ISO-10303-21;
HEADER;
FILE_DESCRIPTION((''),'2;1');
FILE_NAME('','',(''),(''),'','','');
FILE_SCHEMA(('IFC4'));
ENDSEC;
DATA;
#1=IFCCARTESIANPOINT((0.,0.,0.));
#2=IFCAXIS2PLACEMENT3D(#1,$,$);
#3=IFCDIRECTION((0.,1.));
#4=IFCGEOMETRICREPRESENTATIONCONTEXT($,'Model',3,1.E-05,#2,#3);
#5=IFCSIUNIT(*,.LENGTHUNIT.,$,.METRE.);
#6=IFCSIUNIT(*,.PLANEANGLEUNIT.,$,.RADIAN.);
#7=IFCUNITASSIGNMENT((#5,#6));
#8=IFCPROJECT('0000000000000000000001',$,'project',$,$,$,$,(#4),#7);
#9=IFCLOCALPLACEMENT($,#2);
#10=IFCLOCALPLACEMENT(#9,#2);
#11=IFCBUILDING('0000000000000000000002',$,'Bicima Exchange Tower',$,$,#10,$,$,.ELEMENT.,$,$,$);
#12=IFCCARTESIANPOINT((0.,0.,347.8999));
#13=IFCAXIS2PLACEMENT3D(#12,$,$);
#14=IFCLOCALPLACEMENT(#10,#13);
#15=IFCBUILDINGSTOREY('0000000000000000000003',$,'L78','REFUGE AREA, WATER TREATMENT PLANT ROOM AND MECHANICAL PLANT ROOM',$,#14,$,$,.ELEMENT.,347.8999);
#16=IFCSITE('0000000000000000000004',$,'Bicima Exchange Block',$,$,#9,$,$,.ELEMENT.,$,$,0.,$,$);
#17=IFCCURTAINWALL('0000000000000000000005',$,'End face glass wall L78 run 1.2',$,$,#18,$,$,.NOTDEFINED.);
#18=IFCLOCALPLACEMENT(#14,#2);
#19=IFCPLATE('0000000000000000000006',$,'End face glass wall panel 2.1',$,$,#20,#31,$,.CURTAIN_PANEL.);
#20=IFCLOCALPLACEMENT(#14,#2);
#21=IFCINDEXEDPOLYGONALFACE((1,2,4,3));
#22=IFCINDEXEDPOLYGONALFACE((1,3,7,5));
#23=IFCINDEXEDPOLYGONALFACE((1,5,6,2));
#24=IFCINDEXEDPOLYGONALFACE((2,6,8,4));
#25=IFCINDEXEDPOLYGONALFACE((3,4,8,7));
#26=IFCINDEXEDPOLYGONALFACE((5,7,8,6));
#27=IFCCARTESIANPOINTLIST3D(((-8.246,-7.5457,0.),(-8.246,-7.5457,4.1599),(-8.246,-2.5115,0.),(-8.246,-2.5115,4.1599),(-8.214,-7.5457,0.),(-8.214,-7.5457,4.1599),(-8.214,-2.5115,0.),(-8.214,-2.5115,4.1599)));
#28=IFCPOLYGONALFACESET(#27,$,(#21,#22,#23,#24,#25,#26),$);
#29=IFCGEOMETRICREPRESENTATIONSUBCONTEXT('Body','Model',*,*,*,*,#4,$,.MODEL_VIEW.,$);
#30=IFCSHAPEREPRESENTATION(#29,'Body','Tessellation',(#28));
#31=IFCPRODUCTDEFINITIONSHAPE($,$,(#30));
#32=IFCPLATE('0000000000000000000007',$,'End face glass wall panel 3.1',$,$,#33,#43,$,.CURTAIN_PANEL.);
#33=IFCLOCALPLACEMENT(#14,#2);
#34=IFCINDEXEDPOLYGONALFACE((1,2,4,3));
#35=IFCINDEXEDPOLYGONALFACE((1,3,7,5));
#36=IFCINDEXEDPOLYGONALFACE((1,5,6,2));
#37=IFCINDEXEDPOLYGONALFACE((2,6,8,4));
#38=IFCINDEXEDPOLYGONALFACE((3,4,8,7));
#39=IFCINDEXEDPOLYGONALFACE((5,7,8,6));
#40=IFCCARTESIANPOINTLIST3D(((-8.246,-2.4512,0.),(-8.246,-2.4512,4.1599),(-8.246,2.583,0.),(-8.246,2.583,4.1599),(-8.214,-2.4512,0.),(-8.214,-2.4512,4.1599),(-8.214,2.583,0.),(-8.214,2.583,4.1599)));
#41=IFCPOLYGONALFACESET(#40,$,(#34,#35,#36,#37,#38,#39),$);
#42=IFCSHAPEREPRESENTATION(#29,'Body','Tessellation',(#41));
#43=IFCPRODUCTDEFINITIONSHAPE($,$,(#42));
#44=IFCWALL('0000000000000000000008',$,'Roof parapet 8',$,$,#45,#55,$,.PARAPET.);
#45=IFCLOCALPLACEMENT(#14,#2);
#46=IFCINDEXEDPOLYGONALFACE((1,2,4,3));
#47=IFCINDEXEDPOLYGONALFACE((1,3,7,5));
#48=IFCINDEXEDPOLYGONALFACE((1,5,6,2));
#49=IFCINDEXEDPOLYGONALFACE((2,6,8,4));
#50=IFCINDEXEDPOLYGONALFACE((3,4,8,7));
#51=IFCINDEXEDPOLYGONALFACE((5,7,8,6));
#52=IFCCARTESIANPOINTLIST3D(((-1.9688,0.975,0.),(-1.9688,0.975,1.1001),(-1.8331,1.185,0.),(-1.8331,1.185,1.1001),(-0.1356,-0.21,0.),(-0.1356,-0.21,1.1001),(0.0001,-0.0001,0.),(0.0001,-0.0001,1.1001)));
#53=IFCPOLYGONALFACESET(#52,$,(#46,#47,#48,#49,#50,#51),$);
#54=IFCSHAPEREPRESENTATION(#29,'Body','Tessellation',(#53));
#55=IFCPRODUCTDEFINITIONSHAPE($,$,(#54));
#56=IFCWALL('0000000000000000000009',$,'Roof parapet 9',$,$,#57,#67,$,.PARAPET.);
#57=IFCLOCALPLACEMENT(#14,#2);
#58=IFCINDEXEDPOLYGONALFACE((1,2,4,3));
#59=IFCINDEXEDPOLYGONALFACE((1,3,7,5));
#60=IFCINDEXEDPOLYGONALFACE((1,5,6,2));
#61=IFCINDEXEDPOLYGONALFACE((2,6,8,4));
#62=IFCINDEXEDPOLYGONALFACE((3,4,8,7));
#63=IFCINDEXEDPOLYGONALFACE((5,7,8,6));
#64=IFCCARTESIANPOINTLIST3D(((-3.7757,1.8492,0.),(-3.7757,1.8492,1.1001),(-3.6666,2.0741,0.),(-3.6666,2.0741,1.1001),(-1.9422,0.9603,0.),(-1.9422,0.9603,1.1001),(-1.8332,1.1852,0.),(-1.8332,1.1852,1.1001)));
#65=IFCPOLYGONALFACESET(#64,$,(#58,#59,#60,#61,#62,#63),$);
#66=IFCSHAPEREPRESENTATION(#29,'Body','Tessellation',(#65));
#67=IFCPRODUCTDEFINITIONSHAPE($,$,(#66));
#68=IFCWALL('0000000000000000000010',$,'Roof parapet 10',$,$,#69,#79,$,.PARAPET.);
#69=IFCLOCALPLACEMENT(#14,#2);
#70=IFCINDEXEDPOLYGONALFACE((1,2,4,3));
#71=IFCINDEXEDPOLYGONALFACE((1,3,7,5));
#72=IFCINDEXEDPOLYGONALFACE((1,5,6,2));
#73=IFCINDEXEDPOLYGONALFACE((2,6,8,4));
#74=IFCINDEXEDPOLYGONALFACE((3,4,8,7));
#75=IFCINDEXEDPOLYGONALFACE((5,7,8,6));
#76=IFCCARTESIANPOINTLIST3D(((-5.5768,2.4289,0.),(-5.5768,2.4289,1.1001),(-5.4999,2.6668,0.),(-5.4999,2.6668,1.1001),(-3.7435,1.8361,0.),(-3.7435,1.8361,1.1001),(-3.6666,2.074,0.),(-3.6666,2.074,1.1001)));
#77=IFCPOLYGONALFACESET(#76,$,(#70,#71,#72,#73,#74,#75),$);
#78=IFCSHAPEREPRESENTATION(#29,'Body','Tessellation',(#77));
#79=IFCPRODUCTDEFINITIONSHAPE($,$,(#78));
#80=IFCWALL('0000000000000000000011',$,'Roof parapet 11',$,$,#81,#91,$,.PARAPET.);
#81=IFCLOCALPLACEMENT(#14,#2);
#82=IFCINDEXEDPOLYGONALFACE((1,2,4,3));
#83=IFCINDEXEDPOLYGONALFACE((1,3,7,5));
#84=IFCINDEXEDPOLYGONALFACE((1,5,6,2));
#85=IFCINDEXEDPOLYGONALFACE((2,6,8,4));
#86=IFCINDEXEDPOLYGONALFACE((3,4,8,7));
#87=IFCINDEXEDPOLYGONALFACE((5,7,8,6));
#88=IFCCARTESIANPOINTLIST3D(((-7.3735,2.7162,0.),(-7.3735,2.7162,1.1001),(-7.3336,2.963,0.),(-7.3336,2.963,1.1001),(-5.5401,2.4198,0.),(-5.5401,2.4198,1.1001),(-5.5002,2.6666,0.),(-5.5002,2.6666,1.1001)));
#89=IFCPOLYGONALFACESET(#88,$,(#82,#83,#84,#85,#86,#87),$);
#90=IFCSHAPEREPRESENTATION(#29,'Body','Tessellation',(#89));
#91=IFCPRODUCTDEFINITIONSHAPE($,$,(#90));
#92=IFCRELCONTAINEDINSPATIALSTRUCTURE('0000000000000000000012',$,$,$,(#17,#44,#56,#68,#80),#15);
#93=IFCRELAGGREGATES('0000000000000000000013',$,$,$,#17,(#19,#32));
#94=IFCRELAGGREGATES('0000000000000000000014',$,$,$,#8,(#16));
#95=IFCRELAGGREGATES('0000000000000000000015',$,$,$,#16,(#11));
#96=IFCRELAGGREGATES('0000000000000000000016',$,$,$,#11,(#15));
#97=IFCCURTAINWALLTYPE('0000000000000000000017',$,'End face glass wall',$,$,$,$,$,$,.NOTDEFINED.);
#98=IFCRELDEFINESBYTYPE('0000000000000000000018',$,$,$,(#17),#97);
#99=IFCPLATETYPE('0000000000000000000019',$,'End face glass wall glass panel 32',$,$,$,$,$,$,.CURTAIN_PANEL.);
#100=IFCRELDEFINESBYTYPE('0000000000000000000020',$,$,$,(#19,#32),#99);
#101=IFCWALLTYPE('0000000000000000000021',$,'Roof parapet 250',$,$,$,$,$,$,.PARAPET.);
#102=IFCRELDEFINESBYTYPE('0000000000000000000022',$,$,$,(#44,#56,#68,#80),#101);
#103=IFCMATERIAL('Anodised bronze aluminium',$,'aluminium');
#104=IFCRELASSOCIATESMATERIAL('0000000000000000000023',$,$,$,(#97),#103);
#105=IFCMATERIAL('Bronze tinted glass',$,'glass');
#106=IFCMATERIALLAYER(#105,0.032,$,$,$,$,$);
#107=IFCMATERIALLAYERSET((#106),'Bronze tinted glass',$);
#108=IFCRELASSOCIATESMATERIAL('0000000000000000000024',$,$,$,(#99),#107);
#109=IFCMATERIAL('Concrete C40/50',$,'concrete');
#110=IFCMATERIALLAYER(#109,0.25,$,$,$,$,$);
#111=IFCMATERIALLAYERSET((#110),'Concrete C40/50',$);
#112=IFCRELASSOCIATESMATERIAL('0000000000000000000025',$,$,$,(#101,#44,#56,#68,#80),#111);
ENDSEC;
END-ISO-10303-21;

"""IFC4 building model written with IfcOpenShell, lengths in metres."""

from ifc_helpers import new_model, si_unit, direction, frame, frame_2d, origin, origin_2d, place, context, subcontext, project, spatial, rectangle, extrude, material, layer, layer_set, layer_usage, type_object, element, aggregate, save


model = new_model("IFC4")

# Units and contexts
model_context = context("Model", 3, precision=1e-05, world=origin(), true_north=direction((0.0, 1.0)))
body_context = subcontext(model_context, "Body", "Model", "MODEL_VIEW")
ifc_project = project(units=[si_unit("LENGTHUNIT", "METRE"), si_unit("PLANEANGLEUNIT", "RADIAN")], contexts=[model_context])

# Site, building, storey
site_placement = place(None, origin())
site = spatial("IfcSite", under=ifc_project, at=site_placement, Name="Bicima Exchange Block", CompositionType="ELEMENT", RefElevation=0.0)
building_placement = place(site_placement, origin())
building = spatial("IfcBuilding", under=site, at=building_placement, Name="Bicima Exchange Tower", CompositionType="ELEMENT")
storey_placement = place(building_placement, frame((0.0, 0.0, 347.8999)))
storey = spatial("IfcBuildingStorey", under=building, at=storey_placement, Name="L78", Description="REFUGE AREA, WATER TREATMENT PLANT ROOM AND MECHANICAL PLANT ROOM", CompositionType="ELEMENT", Elevation=347.8999)

# Curtain wall
ifc_material_1 = material(Name="Anodised bronze aluminium", Category="aluminium")
curtain_wall_type_1 = type_object("IfcCurtainWallType", Name="End face glass wall", PredefinedType="NOTDEFINED", material=ifc_material_1)
curtain_wall_1_placement = place(storey_placement, origin())
curtain_wall_1 = element("IfcCurtainWall", 1, at=curtain_wall_1_placement, inside=storey, type_object=curtain_wall_type_1, Name="End face glass wall L78 run 1.2", PredefinedType="NOTDEFINED")

# Shared definitions
ifc_material_2 = material(Name="Concrete C40/50", Category="concrete")

# Plates
ifc_material_3 = material(Name="Bronze tinted glass", Category="glass")
ifc_layer_1 = layer(ifc_material_3, 0.032)
ifc_layer_set_1 = layer_set([ifc_layer_1], Name="Bronze tinted glass")
plate_type = type_object("IfcPlateType", Name="End face glass wall glass panel 32", PredefinedType="CURTAIN_PANEL", material=ifc_layer_set_1)
plate_1_placement = place(storey_placement, frame((-8.23, -5.0286, 0.0), z_axis=(0.0, 0.0, 1.0), x_axis=(0.0, 1.0, 0.0)))
plate_1 = element("IfcPlate", 2, at=plate_1_placement, type_object=plate_type, Name="End face glass wall panel 2.1", PredefinedType="CURTAIN_PANEL", context=body_context, shape_type="SweptSolid", body=[
    extrude(rectangle(XDim=5.0342, YDim=0.032, at=origin_2d()), origin(), (0.0, 0.0, 1.0), 4.1599),
])
plate_2_placement = place(storey_placement, frame((-8.23, 0.0659, 0.0), z_axis=(0.0, 0.0, 1.0), x_axis=(0.0, 1.0, 0.0)))
plate_2 = element("IfcPlate", 3, at=plate_2_placement, type_object=plate_type, Name="End face glass wall panel 3.1", PredefinedType="CURTAIN_PANEL", context=body_context, shape_type="SweptSolid", body=[
    extrude(rectangle(XDim=5.0342, YDim=0.032, at=origin_2d()), origin(), (0.0, 0.0, 1.0), 4.1599),
])
aggregate(curtain_wall_1, [plate_1, plate_2])

# Walls
ifc_layer_2 = layer(ifc_material_2, 0.25)
ifc_layer_set_2 = layer_set([ifc_layer_2], Name="Concrete C40/50")
ifc_layer_usage = layer_usage(ifc_layer_set_2, "AXIS2", "POSITIVE", -0.125)
wall_type = type_object("IfcWallType", Name="Roof parapet 250", PredefinedType="PARAPET", material=ifc_layer_set_2)
wall_1_placement = place(storey_placement, frame((-0.0679, -0.105, 0.0), z_axis=(0.0, 0.0, 1.0), x_axis=(-0.839813, 0.542876, 0.0)))
element("IfcWall", 4, at=wall_1_placement, inside=storey, type_object=wall_type, material=ifc_layer_usage, Name="Roof parapet 8", PredefinedType="PARAPET", context=body_context, shape_type="SweptSolid", body=[
    extrude(rectangle(XDim=2.1829, YDim=0.25, at=frame_2d((1.0913, 0.0))), origin(), (0.0, 0.0, 1.0), 1.1001),
])
wall_2_placement = place(storey_placement, frame((-1.8877, 1.0728, 0.0), z_axis=(0.0, 0.0, 1.0), x_axis=(-0.899824, 0.436253, 0.0)))
element("IfcWall", 5, at=wall_2_placement, inside=storey, type_object=wall_type, material=ifc_layer_usage, Name="Roof parapet 9", PredefinedType="PARAPET", context=body_context, shape_type="SweptSolid", body=[
    extrude(rectangle(XDim=2.0376, YDim=0.25, at=frame_2d((1.0188, 0.0))), origin(), (0.0, 0.0, 1.0), 1.1001),
])
wall_3_placement = place(storey_placement, frame((-3.7051, 1.9551, 0.0), z_axis=(0.0, 0.0, 1.0), x_axis=(-0.951496, 0.307662, 0.0)))
element("IfcWall", 6, at=wall_3_placement, inside=storey, type_object=wall_type, material=ifc_layer_usage, Name="Roof parapet 10", PredefinedType="PARAPET", context=body_context, shape_type="SweptSolid", body=[
    extrude(rectangle(XDim=1.9268, YDim=0.25, at=frame_2d((0.9634, 0.0))), origin(), (0.0, 0.0, 1.0), 1.1001),
])
wall_4_placement = place(storey_placement, frame((-5.52, 2.5432, 0.0), z_axis=(0.0, 0.0, 1.0), x_axis=(-0.987182, 0.1596, 0.0)))
element("IfcWall", 7, at=wall_4_placement, inside=storey, type_object=wall_type, material=ifc_layer_usage, Name="Roof parapet 11", PredefinedType="PARAPET", context=body_context, shape_type="SweptSolid", body=[
    extrude(rectangle(XDim=1.8572, YDim=0.25, at=frame_2d((0.9287, 0.0))), origin(), (0.0, 0.0, 1.0), 1.1001),
])

save(model, "model.ifc")
